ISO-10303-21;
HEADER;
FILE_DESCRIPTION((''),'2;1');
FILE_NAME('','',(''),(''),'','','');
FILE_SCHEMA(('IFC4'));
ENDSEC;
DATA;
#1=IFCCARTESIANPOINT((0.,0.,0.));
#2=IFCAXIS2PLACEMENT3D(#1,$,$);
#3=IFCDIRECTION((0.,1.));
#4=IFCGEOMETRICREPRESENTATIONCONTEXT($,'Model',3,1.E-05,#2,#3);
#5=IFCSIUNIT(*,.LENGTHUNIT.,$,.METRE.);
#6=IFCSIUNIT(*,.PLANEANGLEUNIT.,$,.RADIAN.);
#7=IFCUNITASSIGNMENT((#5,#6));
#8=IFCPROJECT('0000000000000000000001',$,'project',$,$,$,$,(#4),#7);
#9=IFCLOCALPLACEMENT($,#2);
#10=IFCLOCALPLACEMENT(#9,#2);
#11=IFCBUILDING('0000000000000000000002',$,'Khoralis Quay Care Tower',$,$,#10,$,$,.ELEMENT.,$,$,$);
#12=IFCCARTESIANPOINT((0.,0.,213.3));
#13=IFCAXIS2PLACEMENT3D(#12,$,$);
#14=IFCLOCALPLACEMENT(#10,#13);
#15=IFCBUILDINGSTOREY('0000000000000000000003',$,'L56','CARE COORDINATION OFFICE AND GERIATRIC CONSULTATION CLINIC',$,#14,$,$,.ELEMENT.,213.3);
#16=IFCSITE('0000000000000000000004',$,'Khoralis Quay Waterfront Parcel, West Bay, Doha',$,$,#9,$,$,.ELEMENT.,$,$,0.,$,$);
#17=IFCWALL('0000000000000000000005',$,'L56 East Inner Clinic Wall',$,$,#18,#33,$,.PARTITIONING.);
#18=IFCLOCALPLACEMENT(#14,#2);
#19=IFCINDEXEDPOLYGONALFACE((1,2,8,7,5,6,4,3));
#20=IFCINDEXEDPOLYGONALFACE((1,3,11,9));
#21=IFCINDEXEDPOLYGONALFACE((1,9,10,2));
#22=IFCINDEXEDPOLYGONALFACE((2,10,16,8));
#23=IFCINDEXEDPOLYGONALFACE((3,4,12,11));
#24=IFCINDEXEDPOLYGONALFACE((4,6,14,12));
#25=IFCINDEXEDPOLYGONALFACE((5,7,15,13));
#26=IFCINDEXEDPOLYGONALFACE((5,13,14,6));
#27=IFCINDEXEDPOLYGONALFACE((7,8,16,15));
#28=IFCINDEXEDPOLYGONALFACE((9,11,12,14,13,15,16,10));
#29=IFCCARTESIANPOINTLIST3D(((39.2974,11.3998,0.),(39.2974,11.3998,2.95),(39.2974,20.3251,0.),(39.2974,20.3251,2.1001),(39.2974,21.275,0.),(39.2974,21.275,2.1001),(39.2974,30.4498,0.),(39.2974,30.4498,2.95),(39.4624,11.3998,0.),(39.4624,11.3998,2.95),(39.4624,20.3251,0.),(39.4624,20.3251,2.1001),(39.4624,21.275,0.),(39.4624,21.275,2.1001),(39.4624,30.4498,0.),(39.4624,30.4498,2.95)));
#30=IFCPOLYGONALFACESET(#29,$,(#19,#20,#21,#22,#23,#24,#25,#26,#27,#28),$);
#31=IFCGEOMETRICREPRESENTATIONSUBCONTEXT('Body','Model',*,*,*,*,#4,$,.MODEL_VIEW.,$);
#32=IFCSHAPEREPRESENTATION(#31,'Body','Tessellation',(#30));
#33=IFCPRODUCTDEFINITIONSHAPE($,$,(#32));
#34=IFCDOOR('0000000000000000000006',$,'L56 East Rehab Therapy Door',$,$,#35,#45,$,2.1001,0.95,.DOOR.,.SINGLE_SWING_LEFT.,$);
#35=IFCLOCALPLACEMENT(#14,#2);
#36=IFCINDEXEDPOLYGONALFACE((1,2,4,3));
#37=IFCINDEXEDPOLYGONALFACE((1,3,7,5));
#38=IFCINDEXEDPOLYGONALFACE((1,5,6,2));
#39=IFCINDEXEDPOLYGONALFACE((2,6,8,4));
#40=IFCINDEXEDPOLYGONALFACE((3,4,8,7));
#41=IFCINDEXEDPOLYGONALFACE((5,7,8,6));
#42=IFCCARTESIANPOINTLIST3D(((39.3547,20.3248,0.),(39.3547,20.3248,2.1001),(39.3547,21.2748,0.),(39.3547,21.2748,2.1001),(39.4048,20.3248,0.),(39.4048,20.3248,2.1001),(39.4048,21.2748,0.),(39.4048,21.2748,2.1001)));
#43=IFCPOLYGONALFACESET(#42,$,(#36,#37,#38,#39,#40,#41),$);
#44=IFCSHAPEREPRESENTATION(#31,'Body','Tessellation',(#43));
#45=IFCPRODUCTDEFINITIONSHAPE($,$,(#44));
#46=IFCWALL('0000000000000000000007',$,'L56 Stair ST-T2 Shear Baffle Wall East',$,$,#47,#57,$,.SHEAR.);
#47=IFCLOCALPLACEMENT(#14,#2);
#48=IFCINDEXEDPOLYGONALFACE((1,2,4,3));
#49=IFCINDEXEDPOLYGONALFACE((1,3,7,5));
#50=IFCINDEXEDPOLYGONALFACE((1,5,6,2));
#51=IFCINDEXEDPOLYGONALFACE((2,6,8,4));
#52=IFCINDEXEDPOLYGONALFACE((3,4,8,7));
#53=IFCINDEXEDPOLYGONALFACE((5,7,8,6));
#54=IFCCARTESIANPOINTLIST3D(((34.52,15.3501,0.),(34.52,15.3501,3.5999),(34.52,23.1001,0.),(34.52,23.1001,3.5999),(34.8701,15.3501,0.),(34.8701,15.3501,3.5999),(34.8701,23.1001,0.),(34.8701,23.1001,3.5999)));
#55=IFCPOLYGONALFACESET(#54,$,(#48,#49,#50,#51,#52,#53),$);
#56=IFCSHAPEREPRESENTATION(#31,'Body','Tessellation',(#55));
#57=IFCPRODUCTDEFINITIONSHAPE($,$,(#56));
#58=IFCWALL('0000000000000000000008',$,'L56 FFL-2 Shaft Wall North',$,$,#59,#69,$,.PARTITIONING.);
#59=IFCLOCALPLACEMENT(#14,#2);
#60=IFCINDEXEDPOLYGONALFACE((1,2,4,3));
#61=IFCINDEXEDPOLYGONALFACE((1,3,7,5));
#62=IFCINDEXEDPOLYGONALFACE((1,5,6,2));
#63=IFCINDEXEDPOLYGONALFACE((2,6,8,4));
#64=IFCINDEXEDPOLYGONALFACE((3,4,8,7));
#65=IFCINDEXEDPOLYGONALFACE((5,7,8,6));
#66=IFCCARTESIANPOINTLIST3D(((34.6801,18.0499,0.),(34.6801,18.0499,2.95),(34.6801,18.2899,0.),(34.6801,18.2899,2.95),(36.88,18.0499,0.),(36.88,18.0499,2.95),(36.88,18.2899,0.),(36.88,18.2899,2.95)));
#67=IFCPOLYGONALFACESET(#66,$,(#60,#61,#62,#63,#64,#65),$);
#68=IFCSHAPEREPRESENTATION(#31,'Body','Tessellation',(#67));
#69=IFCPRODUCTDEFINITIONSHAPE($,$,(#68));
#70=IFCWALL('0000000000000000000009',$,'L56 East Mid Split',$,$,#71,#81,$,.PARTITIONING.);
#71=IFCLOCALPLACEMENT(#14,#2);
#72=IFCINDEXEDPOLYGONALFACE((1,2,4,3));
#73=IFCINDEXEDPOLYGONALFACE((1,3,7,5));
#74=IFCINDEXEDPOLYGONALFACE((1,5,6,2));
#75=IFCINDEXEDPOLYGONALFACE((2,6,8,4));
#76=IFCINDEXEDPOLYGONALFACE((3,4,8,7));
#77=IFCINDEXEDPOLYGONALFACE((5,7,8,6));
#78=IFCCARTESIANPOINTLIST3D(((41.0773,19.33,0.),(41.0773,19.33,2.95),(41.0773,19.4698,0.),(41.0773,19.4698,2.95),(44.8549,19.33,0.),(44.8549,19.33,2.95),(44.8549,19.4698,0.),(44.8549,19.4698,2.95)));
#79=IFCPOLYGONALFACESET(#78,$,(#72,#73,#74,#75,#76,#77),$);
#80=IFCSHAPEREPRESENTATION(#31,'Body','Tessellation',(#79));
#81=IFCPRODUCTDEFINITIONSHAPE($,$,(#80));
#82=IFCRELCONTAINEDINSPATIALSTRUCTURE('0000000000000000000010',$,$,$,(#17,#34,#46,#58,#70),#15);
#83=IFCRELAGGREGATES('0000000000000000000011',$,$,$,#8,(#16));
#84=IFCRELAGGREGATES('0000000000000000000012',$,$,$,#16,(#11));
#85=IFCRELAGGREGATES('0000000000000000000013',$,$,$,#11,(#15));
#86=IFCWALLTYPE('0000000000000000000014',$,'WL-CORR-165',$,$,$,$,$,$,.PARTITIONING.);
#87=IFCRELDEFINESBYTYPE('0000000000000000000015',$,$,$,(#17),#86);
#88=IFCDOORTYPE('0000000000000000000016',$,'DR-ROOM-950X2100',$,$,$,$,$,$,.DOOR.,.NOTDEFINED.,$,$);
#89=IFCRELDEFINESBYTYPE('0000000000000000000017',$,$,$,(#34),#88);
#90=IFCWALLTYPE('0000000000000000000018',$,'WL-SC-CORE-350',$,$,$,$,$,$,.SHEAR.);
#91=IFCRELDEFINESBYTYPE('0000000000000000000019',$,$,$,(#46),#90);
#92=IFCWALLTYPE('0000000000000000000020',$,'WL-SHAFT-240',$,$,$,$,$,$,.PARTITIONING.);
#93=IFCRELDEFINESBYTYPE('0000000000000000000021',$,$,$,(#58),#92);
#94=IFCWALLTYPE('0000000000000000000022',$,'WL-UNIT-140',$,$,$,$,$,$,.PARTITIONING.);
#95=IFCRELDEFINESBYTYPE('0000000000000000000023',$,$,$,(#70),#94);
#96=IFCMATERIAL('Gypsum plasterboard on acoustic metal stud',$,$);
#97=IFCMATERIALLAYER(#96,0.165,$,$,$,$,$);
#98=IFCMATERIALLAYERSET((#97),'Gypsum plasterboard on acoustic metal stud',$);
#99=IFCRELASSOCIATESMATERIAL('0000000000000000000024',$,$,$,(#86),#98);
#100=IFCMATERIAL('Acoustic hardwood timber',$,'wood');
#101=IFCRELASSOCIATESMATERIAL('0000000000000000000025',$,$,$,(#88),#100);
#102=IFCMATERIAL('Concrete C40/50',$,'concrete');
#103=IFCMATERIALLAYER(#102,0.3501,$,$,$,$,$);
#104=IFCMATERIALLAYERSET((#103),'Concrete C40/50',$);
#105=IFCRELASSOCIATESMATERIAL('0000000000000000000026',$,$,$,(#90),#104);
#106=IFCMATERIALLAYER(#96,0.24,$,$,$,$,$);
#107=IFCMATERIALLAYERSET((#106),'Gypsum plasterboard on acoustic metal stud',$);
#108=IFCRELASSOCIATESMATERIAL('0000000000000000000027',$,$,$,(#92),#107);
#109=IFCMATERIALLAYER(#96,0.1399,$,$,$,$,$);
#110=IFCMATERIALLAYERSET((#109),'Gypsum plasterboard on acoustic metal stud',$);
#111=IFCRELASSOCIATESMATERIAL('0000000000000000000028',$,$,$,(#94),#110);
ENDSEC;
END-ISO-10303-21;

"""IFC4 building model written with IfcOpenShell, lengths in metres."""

from ifc_helpers import new_model, si_unit, direction, frame, frame_2d, origin, place, context, subcontext, project, spatial, rectangle, extrude, source, transform, mapped, material, layer, layer_set, type_object, element, fill, save


model = new_model("IFC4")

# Units and contexts
model_context = context("Model", 3, precision=1e-05, world=origin(), true_north=direction((0.0, 1.0)))
body_context = subcontext(model_context, "Body", "Model", "MODEL_VIEW")
ifc_project = project(units=[si_unit("LENGTHUNIT", "METRE"), si_unit("PLANEANGLEUNIT", "RADIAN")], contexts=[model_context])

# Site, building, storey
site_placement = place(None, origin())
site = spatial("IfcSite", under=ifc_project, at=site_placement, Name="Khoralis Quay Waterfront Parcel, West Bay, Doha", CompositionType="ELEMENT", RefElevation=0.0)
building_placement = place(site_placement, origin())
building = spatial("IfcBuilding", under=site, at=building_placement, Name="Khoralis Quay Care Tower", CompositionType="ELEMENT")
storey_placement = place(building_placement, frame((0.0, 0.0, 213.3)))
storey = spatial("IfcBuildingStorey", under=building, at=storey_placement, Name="L56", Description="CARE COORDINATION OFFICE AND GERIATRIC CONSULTATION CLINIC", CompositionType="ELEMENT", Elevation=213.3)

# Shared definitions
ifc_material_1 = material(Name="Gypsum plasterboard on acoustic metal stud")

# Shared definitions
ifc_layer_1 = layer(ifc_material_1, 0.165)
ifc_layer_set_1 = layer_set([ifc_layer_1], Name="Gypsum plasterboard on acoustic metal stud")
wall_type_1 = type_object("IfcWallType", Name="WL-CORR-165", PredefinedType="PARTITIONING", material=ifc_layer_set_1)
ifc_material_2 = material(Name="Acoustic hardwood timber", Category="wood")
door_type_1 = type_object("IfcDoorType", Name="DR-ROOM-950X2100", OperationType="NOTDEFINED", PredefinedType="DOOR", material=ifc_material_2)
shared_shape_1 = source(origin(), body_context, "Body", "SweptSolid", [
    extrude(rectangle(XDim=0.95, YDim=2.1001, at=frame_2d((0.4751, 1.05))), frame((0.0, 0.0249, 0.0), z_axis=(0.0, -1.0, 0.0), x_axis=(1.0, 0.0, 0.0)), (0.0, 0.0, 1.0), 0.05),
])

# Wall, opening, door
wall_1_placement = place(storey_placement, frame((39.3799, 11.3999, 0.0), z_axis=(0.0, 0.0, 1.0), x_axis=(0.0, 1.0, 0.0)))
wall_1 = element("IfcWall", 1, at=wall_1_placement, inside=storey, type_object=wall_type_1, Name="L56 East Inner Clinic Wall", PredefinedType="PARTITIONING", context=body_context, shape_type="SweptSolid", body=[
    extrude(rectangle(XDim=19.05, YDim=0.165, at=frame_2d((9.5249, 0.0))), origin(), (0.0, 0.0, 1.0), 2.95),
])
opening_1_placement = place(wall_1_placement, frame((8.925, 0.0, 0.0)))
opening_1 = element("IfcOpeningElement", 2, at=opening_1_placement, cuts=wall_1, PredefinedType="OPENING", context=body_context, shape_type="SweptSolid", body=[
    extrude(rectangle(XDim=0.95, YDim=2.1001, at=frame_2d((0.4751, 1.05))), frame((0.0, 0.0925, 0.0), z_axis=(0.0, -1.0, 0.0), x_axis=(1.0, 0.0, 0.0)), (0.0, 0.0, 1.0), 0.1851),
])
door_1_placement = place(opening_1_placement, frame((0.95, 0.0, 0.0), z_axis=(0.0, 0.0, 1.0), x_axis=(-1.0, 0.0, 0.0)))
door_1 = element("IfcDoor", 3, at=door_1_placement, inside=storey, type_object=door_type_1, Name="L56 East Rehab Therapy Door", OperationType="SINGLE_SWING_LEFT", OverallHeight=2.1001, OverallWidth=0.95, PredefinedType="DOOR", context=body_context, shape_type="MappedRepresentation", body=[
    mapped(shared_shape_1, transform((0.0, 0.0, 0.0), scale=1.0)),
])
fill(opening_1, door_1)

# Walls
ifc_material_3 = material(Name="Concrete C40/50", Category="concrete")
ifc_layer_2 = layer(ifc_material_3, 0.3501)
ifc_layer_set_2 = layer_set([ifc_layer_2], Name="Concrete C40/50")
wall_type_2 = type_object("IfcWallType", Name="WL-SC-CORE-350", PredefinedType="SHEAR", material=ifc_layer_set_2)
wall_2_placement = place(storey_placement, frame((34.6951, 15.3501, 0.0), z_axis=(0.0, 0.0, 1.0), x_axis=(0.0, 1.0, 0.0)))
element("IfcWall", 4, at=wall_2_placement, inside=storey, type_object=wall_type_2, Name="L56 Stair ST-T2 Shear Baffle Wall East", PredefinedType="SHEAR", context=body_context, shape_type="SweptSolid", body=[
    extrude(rectangle(XDim=7.75, YDim=0.3501, at=frame_2d((3.875, 0.0))), origin(), (0.0, 0.0, 1.0), 3.5999),
])
ifc_layer_3 = layer(ifc_material_1, 0.24)
ifc_layer_set_3 = layer_set([ifc_layer_3], Name="Gypsum plasterboard on acoustic metal stud")
wall_type_3 = type_object("IfcWallType", Name="WL-SHAFT-240", PredefinedType="PARTITIONING", material=ifc_layer_set_3)
wall_3_placement = place(storey_placement, frame((34.6799, 18.1699, 0.0), z_axis=(0.0, 0.0, 1.0), x_axis=(1.0, 0.0, 0.0)))
element("IfcWall", 5, at=wall_3_placement, inside=storey, type_object=wall_type_3, Name="L56 FFL-2 Shaft Wall North", PredefinedType="PARTITIONING", context=body_context, shape_type="SweptSolid", body=[
    extrude(rectangle(XDim=2.2, YDim=0.24, at=frame_2d((1.1001, 0.0))), origin(), (0.0, 0.0, 1.0), 2.95),
])
ifc_layer_4 = layer(ifc_material_1, 0.1399)
ifc_layer_set_4 = layer_set([ifc_layer_4], Name="Gypsum plasterboard on acoustic metal stud")
wall_type_4 = type_object("IfcWallType", Name="WL-UNIT-140", PredefinedType="PARTITIONING", material=ifc_layer_set_4)
wall_4_placement = place(storey_placement, frame((41.0774, 19.3999, 0.0), z_axis=(0.0, 0.0, 1.0), x_axis=(1.0, 0.0, 0.0)))
element("IfcWall", 6, at=wall_4_placement, inside=storey, type_object=wall_type_4, Name="L56 East Mid Split", PredefinedType="PARTITIONING", context=body_context, shape_type="SweptSolid", body=[
    extrude(rectangle(XDim=3.7776, YDim=0.1399, at=frame_2d((1.8887, 0.0))), origin(), (0.0, 0.0, 1.0), 2.95),
])

save(model, "model.ifc")
